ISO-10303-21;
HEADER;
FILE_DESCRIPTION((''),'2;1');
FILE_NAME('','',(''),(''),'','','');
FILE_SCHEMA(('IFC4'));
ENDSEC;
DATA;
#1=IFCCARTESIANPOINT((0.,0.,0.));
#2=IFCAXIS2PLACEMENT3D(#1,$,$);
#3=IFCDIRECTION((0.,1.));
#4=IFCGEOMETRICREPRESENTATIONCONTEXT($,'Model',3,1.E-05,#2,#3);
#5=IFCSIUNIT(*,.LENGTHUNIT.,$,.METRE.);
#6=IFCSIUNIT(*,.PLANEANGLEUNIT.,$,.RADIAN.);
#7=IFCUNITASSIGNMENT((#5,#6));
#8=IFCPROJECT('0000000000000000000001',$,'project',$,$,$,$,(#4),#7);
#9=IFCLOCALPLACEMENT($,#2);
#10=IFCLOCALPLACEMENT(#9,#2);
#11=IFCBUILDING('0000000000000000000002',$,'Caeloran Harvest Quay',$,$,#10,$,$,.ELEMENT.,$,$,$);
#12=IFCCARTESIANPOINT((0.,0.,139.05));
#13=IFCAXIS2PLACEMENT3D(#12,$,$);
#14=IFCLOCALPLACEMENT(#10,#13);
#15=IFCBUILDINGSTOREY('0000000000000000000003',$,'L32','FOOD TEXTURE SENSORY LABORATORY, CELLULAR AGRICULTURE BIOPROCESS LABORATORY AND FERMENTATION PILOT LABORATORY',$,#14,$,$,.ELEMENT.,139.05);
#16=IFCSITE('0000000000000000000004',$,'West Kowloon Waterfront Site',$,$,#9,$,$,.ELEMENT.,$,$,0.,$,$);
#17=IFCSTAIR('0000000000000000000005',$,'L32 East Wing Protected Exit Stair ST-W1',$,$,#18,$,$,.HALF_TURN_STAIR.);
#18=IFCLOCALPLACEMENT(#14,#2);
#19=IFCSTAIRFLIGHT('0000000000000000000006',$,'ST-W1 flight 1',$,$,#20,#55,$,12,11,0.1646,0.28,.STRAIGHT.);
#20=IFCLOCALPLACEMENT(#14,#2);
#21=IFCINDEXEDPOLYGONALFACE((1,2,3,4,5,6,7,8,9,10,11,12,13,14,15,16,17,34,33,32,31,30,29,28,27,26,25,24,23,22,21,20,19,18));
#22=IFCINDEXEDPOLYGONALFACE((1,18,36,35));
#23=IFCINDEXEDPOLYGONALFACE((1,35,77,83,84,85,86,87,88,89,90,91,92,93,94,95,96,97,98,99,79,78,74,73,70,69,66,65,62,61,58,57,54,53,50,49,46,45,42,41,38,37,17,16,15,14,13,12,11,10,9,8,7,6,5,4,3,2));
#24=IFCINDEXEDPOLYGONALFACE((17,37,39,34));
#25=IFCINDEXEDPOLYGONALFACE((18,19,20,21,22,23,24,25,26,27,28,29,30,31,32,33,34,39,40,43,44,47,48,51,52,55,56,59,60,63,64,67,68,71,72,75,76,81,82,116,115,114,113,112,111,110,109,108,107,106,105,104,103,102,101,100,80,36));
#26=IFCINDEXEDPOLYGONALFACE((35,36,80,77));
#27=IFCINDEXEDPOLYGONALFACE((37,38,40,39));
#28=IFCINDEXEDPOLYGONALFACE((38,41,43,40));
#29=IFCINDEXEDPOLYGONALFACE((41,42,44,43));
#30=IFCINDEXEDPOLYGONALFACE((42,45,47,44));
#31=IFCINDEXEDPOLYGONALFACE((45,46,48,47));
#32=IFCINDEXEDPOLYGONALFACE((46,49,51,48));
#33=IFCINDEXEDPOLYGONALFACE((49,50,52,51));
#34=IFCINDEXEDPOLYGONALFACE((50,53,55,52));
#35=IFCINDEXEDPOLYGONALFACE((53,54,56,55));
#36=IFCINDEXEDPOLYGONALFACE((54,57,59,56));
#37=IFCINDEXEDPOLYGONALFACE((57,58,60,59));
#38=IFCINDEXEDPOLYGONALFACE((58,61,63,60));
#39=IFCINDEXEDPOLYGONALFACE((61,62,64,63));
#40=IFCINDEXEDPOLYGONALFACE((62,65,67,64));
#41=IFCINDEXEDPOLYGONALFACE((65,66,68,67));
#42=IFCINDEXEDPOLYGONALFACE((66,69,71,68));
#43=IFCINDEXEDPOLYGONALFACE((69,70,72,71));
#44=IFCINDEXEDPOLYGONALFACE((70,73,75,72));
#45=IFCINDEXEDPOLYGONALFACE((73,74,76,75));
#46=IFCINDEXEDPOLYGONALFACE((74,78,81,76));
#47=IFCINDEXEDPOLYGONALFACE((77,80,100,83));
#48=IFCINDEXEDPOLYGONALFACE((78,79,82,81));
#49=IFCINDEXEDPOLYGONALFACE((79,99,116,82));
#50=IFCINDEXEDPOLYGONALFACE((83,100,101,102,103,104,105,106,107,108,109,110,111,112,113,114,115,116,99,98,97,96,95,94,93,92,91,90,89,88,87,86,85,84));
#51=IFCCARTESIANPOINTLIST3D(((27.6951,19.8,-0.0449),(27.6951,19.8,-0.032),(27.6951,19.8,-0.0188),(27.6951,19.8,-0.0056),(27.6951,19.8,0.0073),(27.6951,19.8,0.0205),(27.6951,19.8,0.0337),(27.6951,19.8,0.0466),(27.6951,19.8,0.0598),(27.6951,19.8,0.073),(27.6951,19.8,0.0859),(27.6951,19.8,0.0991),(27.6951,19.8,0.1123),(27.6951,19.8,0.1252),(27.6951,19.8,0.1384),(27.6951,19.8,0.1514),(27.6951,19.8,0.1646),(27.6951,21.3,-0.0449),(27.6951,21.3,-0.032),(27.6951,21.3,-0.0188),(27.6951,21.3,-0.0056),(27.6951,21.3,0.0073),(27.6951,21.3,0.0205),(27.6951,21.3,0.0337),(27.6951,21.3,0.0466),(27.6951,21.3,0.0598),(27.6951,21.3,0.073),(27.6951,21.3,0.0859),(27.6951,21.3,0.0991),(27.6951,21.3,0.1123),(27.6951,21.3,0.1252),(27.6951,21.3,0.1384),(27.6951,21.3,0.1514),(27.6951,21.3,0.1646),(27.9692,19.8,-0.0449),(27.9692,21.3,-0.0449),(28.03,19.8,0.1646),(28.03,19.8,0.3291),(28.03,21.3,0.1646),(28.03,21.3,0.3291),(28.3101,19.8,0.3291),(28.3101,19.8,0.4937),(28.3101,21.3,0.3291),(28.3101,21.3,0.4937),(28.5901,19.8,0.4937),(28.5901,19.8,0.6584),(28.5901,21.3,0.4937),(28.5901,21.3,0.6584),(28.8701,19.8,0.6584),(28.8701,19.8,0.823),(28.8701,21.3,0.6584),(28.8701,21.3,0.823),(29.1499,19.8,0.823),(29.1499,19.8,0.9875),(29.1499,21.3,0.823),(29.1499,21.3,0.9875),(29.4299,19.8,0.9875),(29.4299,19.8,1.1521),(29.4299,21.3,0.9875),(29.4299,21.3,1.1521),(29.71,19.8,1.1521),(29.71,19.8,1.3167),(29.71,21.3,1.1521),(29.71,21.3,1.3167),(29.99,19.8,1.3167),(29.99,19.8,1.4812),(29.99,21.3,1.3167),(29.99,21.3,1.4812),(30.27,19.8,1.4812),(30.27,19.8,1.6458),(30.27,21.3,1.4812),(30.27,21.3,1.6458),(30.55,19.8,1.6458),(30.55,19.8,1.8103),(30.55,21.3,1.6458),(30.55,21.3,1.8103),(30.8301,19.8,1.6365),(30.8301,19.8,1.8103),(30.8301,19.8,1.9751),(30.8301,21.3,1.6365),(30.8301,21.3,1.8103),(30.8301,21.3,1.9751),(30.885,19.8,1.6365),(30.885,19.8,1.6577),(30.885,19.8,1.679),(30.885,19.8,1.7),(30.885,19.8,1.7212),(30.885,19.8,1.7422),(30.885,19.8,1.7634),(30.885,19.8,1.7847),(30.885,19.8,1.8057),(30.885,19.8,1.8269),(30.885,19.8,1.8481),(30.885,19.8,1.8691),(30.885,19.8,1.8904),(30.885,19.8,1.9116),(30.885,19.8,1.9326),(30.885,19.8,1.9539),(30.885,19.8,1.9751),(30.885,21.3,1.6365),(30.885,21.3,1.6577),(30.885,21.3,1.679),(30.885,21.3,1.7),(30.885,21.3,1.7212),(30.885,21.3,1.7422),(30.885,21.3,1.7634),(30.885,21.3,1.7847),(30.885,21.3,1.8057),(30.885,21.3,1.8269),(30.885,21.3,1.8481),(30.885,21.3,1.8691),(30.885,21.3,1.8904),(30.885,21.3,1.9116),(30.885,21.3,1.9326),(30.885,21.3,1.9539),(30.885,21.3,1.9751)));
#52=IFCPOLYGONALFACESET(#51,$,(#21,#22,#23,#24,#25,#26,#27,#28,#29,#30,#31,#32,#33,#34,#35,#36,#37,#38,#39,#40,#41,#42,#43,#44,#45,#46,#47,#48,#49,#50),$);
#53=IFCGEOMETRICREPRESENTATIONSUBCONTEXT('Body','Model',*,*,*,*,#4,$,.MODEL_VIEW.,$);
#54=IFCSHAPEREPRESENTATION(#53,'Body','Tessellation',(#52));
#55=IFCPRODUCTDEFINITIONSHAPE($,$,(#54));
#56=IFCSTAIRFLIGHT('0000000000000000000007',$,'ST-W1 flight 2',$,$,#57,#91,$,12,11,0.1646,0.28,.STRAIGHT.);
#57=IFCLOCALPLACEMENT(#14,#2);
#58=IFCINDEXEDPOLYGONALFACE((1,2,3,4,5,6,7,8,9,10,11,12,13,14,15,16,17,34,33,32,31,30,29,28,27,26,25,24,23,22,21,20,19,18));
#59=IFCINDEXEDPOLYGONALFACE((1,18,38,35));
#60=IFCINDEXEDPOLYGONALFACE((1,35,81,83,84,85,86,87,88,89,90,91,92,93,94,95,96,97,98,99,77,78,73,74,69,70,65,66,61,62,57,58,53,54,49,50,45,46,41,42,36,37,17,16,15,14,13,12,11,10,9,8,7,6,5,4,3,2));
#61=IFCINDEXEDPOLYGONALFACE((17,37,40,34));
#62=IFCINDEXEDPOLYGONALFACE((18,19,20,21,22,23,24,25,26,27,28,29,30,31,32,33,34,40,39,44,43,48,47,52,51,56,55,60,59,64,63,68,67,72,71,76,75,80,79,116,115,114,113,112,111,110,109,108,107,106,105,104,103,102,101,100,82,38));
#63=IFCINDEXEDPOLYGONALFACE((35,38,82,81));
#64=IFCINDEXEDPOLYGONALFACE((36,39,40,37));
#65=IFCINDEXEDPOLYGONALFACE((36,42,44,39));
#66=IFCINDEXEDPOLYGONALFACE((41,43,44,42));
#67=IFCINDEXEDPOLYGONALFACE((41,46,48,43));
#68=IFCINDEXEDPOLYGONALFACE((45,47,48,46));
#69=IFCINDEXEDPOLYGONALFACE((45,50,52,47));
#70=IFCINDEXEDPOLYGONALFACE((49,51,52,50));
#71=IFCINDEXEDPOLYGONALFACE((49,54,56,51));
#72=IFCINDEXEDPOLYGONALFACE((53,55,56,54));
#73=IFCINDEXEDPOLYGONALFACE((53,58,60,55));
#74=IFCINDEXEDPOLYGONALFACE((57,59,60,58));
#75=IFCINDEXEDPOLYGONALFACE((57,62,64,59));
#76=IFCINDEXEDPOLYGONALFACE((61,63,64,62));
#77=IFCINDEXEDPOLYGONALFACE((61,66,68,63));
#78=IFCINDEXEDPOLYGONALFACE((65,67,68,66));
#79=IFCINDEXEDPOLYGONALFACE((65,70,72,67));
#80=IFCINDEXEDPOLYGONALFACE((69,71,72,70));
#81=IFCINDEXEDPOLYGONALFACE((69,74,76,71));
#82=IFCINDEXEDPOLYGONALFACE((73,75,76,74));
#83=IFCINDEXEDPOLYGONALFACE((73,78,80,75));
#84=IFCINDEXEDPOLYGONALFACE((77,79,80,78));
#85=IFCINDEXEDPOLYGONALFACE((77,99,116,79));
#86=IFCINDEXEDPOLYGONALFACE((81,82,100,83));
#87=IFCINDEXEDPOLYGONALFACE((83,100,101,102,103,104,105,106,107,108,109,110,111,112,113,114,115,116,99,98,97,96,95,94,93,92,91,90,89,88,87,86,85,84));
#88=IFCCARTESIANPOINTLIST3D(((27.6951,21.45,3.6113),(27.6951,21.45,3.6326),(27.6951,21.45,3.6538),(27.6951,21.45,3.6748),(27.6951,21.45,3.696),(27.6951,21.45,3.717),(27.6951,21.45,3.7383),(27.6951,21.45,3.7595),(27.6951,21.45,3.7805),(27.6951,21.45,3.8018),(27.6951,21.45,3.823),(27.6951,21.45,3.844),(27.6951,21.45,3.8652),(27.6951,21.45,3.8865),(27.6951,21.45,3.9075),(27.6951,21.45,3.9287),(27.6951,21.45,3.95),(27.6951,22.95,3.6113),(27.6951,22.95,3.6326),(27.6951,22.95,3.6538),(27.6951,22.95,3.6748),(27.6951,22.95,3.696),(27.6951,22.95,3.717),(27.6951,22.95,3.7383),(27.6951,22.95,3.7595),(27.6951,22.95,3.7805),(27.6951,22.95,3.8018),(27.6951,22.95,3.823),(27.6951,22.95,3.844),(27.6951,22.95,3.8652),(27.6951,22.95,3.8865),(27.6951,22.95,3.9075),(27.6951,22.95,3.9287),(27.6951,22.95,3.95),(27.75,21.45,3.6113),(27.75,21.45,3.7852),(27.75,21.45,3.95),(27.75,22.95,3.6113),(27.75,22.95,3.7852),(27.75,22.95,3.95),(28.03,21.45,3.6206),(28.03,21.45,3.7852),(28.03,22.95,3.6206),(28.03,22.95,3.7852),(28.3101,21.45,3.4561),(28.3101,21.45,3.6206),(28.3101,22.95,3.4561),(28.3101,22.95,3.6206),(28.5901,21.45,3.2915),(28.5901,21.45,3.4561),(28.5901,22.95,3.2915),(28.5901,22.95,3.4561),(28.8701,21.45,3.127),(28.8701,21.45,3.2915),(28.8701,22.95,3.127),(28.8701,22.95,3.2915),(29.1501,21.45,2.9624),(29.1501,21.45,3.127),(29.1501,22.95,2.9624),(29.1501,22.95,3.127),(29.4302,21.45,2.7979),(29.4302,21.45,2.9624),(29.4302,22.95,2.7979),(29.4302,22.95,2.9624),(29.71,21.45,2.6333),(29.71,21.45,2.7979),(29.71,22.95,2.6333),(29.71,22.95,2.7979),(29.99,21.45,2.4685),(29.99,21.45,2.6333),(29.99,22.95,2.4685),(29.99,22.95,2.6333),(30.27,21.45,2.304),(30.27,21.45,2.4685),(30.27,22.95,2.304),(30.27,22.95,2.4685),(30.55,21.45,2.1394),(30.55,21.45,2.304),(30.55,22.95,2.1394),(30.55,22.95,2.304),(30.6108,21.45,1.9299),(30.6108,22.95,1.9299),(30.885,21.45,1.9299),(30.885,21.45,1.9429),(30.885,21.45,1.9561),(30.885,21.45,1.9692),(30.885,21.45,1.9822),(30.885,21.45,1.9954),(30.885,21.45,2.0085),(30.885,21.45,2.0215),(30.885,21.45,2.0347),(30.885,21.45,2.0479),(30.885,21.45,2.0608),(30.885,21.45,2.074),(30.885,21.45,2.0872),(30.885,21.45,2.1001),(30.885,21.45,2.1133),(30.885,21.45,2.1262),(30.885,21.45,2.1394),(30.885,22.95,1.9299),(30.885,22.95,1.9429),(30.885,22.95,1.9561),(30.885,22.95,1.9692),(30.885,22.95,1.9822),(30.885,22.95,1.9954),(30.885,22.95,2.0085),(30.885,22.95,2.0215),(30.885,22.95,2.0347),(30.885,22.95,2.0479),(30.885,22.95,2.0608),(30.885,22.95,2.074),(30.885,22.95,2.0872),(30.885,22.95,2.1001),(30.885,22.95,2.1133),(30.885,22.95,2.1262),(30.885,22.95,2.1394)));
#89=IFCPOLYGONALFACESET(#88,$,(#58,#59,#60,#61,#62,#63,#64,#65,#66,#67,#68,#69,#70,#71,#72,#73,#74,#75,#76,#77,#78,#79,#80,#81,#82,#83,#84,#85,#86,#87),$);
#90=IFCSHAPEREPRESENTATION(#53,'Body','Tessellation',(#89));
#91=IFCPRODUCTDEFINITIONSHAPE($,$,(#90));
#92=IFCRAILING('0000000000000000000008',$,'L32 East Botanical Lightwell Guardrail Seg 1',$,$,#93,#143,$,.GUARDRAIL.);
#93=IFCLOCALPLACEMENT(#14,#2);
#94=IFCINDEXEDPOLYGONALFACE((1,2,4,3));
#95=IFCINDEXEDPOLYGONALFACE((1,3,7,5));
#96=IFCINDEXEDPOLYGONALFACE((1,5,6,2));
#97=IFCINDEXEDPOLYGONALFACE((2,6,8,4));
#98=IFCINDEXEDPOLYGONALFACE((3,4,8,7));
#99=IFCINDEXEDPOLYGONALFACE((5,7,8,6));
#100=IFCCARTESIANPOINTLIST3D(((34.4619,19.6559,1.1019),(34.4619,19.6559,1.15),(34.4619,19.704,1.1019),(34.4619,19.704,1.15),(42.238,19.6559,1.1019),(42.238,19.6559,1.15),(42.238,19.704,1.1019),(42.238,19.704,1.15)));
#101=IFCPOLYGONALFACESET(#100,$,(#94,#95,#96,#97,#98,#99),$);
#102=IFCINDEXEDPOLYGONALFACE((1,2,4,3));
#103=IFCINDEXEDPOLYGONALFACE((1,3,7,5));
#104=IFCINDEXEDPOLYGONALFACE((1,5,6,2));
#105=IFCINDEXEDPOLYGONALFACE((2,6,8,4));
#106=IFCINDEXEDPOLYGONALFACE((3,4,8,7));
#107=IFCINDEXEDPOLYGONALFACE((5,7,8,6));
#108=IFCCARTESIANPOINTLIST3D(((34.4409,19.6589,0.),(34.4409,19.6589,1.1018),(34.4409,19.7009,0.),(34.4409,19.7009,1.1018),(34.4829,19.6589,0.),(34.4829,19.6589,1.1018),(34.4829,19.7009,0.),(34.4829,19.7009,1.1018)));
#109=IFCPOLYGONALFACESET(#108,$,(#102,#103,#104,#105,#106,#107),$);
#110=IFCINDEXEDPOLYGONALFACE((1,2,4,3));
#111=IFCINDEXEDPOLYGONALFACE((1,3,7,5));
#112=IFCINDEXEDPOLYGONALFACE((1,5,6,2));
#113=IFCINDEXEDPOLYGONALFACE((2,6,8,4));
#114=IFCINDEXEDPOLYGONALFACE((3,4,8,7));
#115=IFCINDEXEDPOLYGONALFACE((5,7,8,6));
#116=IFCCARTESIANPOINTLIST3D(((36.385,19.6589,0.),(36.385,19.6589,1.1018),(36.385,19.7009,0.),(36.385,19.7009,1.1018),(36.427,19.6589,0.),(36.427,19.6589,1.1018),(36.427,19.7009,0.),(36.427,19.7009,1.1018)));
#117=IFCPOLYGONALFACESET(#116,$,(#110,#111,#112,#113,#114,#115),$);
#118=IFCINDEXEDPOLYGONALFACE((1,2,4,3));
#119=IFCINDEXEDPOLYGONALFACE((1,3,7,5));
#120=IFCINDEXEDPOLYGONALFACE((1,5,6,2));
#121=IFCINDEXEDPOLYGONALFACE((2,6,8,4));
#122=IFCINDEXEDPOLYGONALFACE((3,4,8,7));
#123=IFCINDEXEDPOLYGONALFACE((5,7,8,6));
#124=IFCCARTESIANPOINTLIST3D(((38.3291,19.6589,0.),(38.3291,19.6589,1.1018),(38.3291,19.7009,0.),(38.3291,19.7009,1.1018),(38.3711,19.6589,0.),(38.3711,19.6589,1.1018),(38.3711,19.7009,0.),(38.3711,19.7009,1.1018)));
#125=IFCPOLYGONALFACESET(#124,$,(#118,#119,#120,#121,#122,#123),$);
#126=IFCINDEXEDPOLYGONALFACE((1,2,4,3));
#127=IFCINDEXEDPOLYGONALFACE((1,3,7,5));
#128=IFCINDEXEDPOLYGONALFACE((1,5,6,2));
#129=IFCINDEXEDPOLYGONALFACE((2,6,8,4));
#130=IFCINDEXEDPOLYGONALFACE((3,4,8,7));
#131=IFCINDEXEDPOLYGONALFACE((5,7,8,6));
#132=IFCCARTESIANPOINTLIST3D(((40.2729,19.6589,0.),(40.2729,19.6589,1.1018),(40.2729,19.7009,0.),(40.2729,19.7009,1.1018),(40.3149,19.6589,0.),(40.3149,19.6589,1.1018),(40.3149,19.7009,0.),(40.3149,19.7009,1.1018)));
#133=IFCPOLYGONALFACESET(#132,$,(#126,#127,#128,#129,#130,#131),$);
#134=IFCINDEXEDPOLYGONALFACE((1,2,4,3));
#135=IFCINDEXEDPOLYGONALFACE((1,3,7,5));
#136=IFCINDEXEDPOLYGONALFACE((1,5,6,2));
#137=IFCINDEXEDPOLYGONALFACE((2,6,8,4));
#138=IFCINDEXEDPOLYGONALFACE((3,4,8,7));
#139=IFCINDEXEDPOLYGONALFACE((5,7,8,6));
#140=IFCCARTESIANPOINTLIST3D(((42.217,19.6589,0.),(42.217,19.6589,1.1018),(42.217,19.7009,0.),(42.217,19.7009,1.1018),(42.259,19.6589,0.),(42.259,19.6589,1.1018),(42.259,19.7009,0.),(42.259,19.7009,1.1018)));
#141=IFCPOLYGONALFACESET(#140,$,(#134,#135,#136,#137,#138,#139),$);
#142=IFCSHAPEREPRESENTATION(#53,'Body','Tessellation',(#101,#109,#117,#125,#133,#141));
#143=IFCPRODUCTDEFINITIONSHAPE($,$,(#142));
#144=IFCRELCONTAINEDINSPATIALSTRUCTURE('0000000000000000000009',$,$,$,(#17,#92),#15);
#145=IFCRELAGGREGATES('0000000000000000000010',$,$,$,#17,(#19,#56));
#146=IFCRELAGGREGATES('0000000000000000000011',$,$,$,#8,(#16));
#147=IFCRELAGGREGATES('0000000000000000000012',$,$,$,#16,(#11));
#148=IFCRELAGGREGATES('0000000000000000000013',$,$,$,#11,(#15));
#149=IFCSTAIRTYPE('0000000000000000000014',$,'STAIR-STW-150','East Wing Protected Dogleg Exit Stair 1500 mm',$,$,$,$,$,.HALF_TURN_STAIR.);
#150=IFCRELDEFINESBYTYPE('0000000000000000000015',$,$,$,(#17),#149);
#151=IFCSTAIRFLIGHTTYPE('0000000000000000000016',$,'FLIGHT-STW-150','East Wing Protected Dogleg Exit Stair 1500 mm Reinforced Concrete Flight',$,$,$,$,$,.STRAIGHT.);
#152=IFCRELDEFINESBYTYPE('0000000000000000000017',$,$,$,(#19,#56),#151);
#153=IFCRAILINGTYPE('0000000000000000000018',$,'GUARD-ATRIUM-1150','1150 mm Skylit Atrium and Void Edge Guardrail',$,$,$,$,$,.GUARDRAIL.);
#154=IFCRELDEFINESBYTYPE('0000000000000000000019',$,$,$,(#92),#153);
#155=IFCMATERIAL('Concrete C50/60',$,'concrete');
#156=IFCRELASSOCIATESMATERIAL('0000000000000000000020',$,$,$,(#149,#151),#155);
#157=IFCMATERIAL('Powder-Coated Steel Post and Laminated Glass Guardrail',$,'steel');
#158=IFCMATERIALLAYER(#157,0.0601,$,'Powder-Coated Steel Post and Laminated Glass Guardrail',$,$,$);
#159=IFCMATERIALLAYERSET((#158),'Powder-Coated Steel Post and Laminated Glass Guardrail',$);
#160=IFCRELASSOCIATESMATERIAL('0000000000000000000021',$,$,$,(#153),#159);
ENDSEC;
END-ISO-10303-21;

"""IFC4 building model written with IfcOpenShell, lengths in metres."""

from ifc_helpers import new_model, si_unit, direction, frame, origin, origin_2d, place, context, subcontext, project, spatial, polyline, rectangle, outline, extrude, material, layer, layer_set, type_object, element, aggregate, save


model = new_model("IFC4")

# Units and contexts
model_context = context("Model", 3, precision=1e-05, world=origin(), true_north=direction((0.0, 1.0)))
body_context = subcontext(model_context, "Body", "Model", "MODEL_VIEW")
ifc_project = project(units=[si_unit("LENGTHUNIT", "METRE"), si_unit("PLANEANGLEUNIT", "RADIAN")], contexts=[model_context])

# Site, building, storey
site_placement = place(None, origin())
site = spatial("IfcSite", under=ifc_project, at=site_placement, Name="West Kowloon Waterfront Site", CompositionType="ELEMENT", RefElevation=0.0)
building_placement = place(site_placement, origin())
building = spatial("IfcBuilding", under=site, at=building_placement, Name="Caeloran Harvest Quay", CompositionType="ELEMENT")
storey_placement = place(building_placement, frame((0.0, 0.0, 139.05)))
storey = spatial("IfcBuildingStorey", under=building, at=storey_placement, Name="L32", Description="FOOD TEXTURE SENSORY LABORATORY, CELLULAR AGRICULTURE BIOPROCESS LABORATORY AND FERMENTATION PILOT LABORATORY", CompositionType="ELEMENT", Elevation=139.05)

# Stair, stair flights
ifc_material_1 = material(Name="Concrete C50/60", Category="concrete")
stair_type = type_object("IfcStairType", Name="STAIR-STW-150", Description="East Wing Protected Dogleg Exit Stair 1500 mm", PredefinedType="HALF_TURN_STAIR", material=ifc_material_1)
stair_placement = place(storey_placement, origin())
stair = element("IfcStair", 1, at=stair_placement, inside=storey, type_object=stair_type, Name="L32 East Wing Protected Exit Stair ST-W1", PredefinedType="HALF_TURN_STAIR")
stair_flight_type = type_object("IfcStairFlightType", Name="FLIGHT-STW-150", Description="East Wing Protected Dogleg Exit Stair 1500 mm Reinforced Concrete Flight", PredefinedType="STRAIGHT", material=ifc_material_1)
stair_flight_1_placement = place(storey_placement, frame((27.75, 20.55, 0.0), z_axis=(0.0, 0.0, 1.0), x_axis=(1.0, 0.0, 0.0)))
stair_flight_1 = element("IfcStairFlight", 2, at=stair_flight_1_placement, type_object=stair_flight_type, Name="ST-W1 flight 1", NumberOfRisers=12, NumberOfTreads=11, PredefinedType="STRAIGHT", RiserHeight=0.1646, TreadLength=0.28, context=body_context, shape_type="SweptSolid", body=[
    extrude(outline(polyline([(-0.0549, -0.0449), (-0.0549, -0.032), (-0.0549, -0.0188), (-0.0549, -0.0056), (-0.0549, 0.0073), (-0.0549, 0.0205), (-0.0549, 0.0337), (-0.0549, 0.0466), (-0.0549, 0.0598), (-0.0549, 0.073), (-0.0549, 0.0859), (-0.0549, 0.0991), (-0.0549, 0.1123), (-0.0549, 0.1252), (-0.0549, 0.1384), (-0.0549, 0.1514), (-0.0549, 0.1646), (0.28, 0.1646), (0.28, 0.3291), (0.5601, 0.3291), (0.5601, 0.4937), (0.8401, 0.4937), (0.8401, 0.6584), (1.1201, 0.6584), (1.1201, 0.823), (1.3999, 0.823), (1.3999, 0.9875), (1.6799, 0.9875), (1.6799, 1.1521), (1.96, 1.1521), (1.96, 1.3167), (2.24, 1.3167), (2.24, 1.4812), (2.52, 1.4812), (2.52, 1.6458), (2.8, 1.6458), (2.8, 1.8103), (3.0801, 1.8103), (3.0801, 1.9751), (3.135, 1.9751), (3.135, 1.9539), (3.135, 1.9326), (3.135, 1.9116), (3.135, 1.8904), (3.135, 1.8691), (3.135, 1.8481), (3.135, 1.8269), (3.135, 1.8057), (3.135, 1.7847), (3.135, 1.7634), (3.135, 1.7422), (3.135, 1.7212), (3.135, 1.7), (3.135, 1.679), (3.135, 1.6577), (3.135, 1.6365), (3.0801, 1.6365), (0.2192, -0.0449), (-0.0549, -0.0449)])), frame((0.0, 0.75, 0.0), z_axis=(0.0, -1.0, 0.0), x_axis=(1.0, 0.0, 0.0)), (0.0, 0.0, 1.0), 1.5),
])
stair_flight_2_placement = place(storey_placement, frame((30.8301, 22.2, 1.9749), z_axis=(0.0, 0.0, 1.0), x_axis=(-1.0, 0.0, 0.0)))
stair_flight_2 = element("IfcStairFlight", 3, at=stair_flight_2_placement, type_object=stair_flight_type, Name="ST-W1 flight 2", NumberOfRisers=12, NumberOfTreads=11, PredefinedType="STRAIGHT", RiserHeight=0.1646, TreadLength=0.28, context=body_context, shape_type="SweptSolid", body=[
    extrude(outline(polyline([(-0.0549, -0.0449), (-0.0549, -0.032), (-0.0549, -0.0188), (-0.0549, -0.0056), (-0.0549, 0.0073), (-0.0549, 0.0205), (-0.0549, 0.0337), (-0.0549, 0.0466), (-0.0549, 0.0598), (-0.0549, 0.073), (-0.0549, 0.0859), (-0.0549, 0.0991), (-0.0549, 0.1123), (-0.0549, 0.1252), (-0.0549, 0.1384), (-0.0549, 0.1514), (-0.0549, 0.1646), (0.28, 0.1646), (0.28, 0.3291), (0.5601, 0.3291), (0.5601, 0.4937), (0.8401, 0.4937), (0.8401, 0.6584), (1.1201, 0.6584), (1.1201, 0.823), (1.3999, 0.823), (1.3999, 0.9875), (1.6799, 0.9875), (1.6799, 1.1521), (1.96, 1.1521), (1.96, 1.3167), (2.24, 1.3167), (2.24, 1.4812), (2.52, 1.4812), (2.52, 1.6458), (2.8, 1.6458), (2.8, 1.8103), (3.0801, 1.8103), (3.0801, 1.9751), (3.135, 1.9751), (3.135, 1.9539), (3.135, 1.9326), (3.135, 1.9116), (3.135, 1.8904), (3.135, 1.8691), (3.135, 1.8481), (3.135, 1.8269), (3.135, 1.8057), (3.135, 1.7847), (3.135, 1.7634), (3.135, 1.7422), (3.135, 1.7212), (3.135, 1.7), (3.135, 1.679), (3.135, 1.6577), (3.135, 1.6365), (3.0801, 1.6365), (0.2192, -0.0449), (-0.0549, -0.0449)])), frame((0.0, 0.75, 0.0), z_axis=(0.0, -1.0, 0.0), x_axis=(1.0, 0.0, 0.0)), (0.0, 0.0, 1.0), 1.5),
])
aggregate(stair, [stair_flight_1, stair_flight_2])

# Railing
ifc_material_2 = material(Name="Powder-Coated Steel Post and Laminated Glass Guardrail", Category="steel")
ifc_layer_1 = layer(ifc_material_2, 0.0601, Name="Powder-Coated Steel Post and Laminated Glass Guardrail")
ifc_layer_set_1 = layer_set([ifc_layer_1], Name="Powder-Coated Steel Post and Laminated Glass Guardrail")
railing_type_1 = type_object("IfcRailingType", Name="GUARD-ATRIUM-1150", Description="1150 mm Skylit Atrium and Void Edge Guardrail", PredefinedType="GUARDRAIL", material=ifc_layer_set_1)
railing_1_placement = place(storey_placement, frame((34.4619, 19.6799, 0.0)))
element("IfcRailing", 4, at=railing_1_placement, inside=storey, type_object=railing_type_1, Name="L32 East Botanical Lightwell Guardrail Seg 1", PredefinedType="GUARDRAIL", context=body_context, shape_type="SweptSolid", body=[
    extrude(rectangle(XDim=0.0481, YDim=0.0481, at=origin_2d()), frame((0.0, 0.0, 1.126), z_axis=(1.0, 0.0, 0.0), x_axis=(0.0, 1.0, 0.0)), (0.0, 0.0, 1.0), 7.7761),
    extrude(rectangle(XDim=0.042, YDim=0.042, at=origin_2d()), origin(), (0.0, 0.0, 1.0), 1.1018),
    extrude(rectangle(XDim=0.042, YDim=0.042, at=origin_2d()), frame((1.9441, 0.0, 0.0)), (0.0, 0.0, 1.0), 1.1018),
    extrude(rectangle(XDim=0.042, YDim=0.042, at=origin_2d()), frame((3.8882, 0.0, 0.0)), (0.0, 0.0, 1.0), 1.1018),
    extrude(rectangle(XDim=0.042, YDim=0.042, at=origin_2d()), frame((5.832, 0.0, 0.0)), (0.0, 0.0, 1.0), 1.1018),
    extrude(rectangle(XDim=0.042, YDim=0.042, at=origin_2d()), frame((7.7761, 0.0, 0.0)), (0.0, 0.0, 1.0), 1.1018),
])

save(model, "model.ifc")
